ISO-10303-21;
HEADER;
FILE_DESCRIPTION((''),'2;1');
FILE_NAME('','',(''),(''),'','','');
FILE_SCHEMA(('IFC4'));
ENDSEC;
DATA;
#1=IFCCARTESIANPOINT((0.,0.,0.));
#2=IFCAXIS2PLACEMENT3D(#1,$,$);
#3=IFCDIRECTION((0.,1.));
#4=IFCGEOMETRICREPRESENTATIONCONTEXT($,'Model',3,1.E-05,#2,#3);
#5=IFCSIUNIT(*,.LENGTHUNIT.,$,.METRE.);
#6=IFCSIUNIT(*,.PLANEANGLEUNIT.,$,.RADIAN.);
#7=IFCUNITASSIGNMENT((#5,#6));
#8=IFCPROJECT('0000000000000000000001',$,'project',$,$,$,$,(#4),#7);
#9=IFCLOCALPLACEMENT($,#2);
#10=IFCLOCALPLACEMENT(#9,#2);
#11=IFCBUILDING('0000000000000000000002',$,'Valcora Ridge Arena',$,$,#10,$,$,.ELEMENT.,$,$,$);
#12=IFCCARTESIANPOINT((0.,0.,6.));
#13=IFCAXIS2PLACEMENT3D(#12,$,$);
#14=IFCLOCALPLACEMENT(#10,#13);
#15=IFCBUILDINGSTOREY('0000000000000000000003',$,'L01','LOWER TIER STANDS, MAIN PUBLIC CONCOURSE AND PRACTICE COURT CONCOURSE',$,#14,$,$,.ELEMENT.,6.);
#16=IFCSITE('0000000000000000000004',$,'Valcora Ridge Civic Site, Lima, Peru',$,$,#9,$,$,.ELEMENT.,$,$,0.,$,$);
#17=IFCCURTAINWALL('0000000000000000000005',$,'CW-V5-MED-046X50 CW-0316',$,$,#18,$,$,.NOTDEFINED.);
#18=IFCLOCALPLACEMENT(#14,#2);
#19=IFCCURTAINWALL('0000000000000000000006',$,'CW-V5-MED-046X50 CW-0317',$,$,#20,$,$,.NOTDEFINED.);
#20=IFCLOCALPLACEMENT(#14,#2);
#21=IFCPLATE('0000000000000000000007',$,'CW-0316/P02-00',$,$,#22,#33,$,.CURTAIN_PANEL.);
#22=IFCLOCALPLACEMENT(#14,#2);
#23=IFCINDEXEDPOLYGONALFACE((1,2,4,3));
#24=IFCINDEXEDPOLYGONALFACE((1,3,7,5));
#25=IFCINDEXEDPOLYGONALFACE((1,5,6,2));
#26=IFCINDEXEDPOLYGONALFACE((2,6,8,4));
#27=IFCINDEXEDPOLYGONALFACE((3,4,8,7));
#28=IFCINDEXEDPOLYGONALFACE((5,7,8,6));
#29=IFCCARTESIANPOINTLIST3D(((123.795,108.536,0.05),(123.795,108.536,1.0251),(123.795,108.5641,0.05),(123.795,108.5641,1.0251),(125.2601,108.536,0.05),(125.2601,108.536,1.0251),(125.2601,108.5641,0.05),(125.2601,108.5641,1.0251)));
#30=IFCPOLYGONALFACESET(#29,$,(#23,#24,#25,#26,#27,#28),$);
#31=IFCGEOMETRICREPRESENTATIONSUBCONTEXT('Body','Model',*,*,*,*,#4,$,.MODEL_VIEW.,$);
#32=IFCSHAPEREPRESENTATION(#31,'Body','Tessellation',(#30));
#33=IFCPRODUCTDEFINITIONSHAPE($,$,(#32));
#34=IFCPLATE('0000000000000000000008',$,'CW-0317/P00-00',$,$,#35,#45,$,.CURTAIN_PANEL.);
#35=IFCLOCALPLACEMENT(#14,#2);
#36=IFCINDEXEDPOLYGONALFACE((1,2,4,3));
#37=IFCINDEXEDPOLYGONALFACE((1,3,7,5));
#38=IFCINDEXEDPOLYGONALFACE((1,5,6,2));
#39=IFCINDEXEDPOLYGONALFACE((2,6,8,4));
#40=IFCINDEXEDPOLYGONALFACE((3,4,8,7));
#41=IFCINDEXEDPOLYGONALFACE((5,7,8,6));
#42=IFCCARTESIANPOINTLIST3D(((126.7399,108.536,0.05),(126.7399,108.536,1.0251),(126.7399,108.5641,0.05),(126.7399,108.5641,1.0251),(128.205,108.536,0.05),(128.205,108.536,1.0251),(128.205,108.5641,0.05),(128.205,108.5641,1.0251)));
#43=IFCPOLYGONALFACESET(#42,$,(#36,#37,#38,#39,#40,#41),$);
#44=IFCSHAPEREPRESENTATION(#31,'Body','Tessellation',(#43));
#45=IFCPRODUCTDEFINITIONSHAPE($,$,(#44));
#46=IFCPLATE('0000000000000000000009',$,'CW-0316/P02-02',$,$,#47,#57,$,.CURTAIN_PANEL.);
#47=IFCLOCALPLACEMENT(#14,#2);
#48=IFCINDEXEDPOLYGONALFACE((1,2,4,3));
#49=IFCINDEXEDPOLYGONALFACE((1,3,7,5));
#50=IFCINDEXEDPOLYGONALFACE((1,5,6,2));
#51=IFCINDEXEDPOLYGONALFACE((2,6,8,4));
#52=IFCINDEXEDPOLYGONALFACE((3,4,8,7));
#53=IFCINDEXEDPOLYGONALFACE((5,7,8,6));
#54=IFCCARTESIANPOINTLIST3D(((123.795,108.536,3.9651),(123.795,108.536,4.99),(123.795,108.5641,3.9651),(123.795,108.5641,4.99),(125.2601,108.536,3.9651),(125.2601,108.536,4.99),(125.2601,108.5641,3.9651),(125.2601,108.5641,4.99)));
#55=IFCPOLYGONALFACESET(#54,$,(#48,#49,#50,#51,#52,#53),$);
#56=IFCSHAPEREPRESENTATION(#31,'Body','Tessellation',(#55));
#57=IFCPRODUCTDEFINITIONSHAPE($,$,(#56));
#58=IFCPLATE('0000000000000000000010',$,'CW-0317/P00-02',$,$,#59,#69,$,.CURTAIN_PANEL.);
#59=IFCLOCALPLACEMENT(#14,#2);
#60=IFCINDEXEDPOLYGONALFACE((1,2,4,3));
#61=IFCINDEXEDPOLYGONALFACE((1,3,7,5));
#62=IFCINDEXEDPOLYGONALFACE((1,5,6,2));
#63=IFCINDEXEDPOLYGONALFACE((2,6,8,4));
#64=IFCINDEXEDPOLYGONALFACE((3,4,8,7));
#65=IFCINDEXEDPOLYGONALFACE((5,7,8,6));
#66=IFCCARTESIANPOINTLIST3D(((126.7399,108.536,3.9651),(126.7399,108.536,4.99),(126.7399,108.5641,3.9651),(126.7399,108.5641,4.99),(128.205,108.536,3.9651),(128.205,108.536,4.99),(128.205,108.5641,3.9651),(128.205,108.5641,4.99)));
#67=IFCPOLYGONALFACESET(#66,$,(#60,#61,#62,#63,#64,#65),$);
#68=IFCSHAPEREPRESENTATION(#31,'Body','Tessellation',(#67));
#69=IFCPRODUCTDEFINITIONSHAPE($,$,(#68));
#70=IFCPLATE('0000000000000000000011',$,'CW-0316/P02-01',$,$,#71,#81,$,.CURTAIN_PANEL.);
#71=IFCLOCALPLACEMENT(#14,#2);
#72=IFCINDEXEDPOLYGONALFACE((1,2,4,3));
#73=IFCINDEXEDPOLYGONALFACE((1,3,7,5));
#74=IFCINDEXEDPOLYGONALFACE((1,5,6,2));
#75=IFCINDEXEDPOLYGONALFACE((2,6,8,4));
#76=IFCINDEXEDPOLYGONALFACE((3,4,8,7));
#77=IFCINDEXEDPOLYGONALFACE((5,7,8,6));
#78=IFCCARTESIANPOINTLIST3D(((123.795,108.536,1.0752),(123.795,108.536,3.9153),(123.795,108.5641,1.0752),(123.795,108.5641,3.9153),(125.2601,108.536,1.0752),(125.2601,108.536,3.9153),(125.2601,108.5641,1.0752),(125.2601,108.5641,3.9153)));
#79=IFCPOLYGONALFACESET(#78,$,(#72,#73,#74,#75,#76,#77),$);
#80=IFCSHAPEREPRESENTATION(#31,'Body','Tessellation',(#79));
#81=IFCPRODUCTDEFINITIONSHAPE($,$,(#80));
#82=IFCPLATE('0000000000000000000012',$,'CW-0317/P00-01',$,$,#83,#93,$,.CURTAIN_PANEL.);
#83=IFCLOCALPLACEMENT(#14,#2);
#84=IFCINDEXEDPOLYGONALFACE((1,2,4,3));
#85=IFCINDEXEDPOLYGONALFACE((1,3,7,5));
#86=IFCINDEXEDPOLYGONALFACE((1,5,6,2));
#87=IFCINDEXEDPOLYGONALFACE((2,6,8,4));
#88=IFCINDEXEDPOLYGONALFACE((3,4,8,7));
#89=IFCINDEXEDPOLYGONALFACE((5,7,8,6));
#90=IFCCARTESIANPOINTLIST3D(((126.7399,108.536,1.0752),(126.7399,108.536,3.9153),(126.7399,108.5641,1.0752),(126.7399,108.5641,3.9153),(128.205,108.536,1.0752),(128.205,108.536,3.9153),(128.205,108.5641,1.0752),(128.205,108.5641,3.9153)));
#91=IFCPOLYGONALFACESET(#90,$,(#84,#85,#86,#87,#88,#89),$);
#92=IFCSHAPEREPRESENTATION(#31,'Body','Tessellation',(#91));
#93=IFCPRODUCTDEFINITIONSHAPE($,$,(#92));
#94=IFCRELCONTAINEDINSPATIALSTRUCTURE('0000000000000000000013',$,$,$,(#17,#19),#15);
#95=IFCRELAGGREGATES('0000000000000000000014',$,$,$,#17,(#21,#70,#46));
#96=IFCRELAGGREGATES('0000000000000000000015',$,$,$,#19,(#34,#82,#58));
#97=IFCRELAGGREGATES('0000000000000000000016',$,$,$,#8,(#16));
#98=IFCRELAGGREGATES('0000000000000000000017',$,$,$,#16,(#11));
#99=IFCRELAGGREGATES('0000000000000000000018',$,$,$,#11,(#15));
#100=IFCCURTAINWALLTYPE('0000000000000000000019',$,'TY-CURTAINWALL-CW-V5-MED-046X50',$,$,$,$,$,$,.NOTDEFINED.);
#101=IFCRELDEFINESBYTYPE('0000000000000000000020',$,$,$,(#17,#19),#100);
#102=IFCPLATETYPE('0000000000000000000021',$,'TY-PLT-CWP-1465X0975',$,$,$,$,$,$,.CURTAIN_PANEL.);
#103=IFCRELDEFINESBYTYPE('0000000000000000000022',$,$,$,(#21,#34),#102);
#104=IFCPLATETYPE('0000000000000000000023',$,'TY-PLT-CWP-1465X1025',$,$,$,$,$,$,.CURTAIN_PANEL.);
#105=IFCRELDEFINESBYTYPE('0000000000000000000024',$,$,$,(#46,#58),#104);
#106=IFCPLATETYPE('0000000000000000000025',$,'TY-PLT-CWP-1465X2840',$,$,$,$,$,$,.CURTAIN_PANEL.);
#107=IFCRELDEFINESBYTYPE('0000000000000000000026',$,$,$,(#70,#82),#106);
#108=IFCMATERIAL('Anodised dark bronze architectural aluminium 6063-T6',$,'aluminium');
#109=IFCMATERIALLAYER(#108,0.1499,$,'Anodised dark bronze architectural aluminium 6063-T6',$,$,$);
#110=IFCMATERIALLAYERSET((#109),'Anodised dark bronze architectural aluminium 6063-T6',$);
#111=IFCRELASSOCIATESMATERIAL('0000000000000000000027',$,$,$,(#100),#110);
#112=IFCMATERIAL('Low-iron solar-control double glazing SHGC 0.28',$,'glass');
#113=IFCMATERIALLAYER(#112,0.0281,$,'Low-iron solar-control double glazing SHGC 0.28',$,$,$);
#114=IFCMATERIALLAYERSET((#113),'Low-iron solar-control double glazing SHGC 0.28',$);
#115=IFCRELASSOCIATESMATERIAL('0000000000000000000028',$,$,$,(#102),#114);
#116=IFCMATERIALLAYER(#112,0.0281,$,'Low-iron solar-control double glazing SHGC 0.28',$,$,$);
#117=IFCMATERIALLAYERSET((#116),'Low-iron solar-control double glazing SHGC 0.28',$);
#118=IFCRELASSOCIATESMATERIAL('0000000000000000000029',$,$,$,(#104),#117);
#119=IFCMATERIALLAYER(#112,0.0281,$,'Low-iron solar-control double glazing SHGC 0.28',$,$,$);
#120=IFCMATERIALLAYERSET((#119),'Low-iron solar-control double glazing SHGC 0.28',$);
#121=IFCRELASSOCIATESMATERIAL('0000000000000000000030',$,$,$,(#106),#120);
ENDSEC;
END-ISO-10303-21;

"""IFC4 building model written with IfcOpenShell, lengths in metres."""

from ifc_helpers import new_model, si_unit, direction, frame, origin, origin_2d, place, context, subcontext, project, spatial, rectangle, extrude, material, layer, layer_set, type_object, element, aggregate, save


model = new_model("IFC4")

# Units and contexts
model_context = context("Model", 3, precision=1e-05, world=origin(), true_north=direction((0.0, 1.0)))
body_context = subcontext(model_context, "Body", "Model", "MODEL_VIEW")
ifc_project = project(units=[si_unit("LENGTHUNIT", "METRE"), si_unit("PLANEANGLEUNIT", "RADIAN")], contexts=[model_context])

# Site, building, storey
site_placement = place(None, origin())
site = spatial("IfcSite", under=ifc_project, at=site_placement, Name="Valcora Ridge Civic Site, Lima, Peru", CompositionType="ELEMENT", RefElevation=0.0)
building_placement = place(site_placement, origin())
building = spatial("IfcBuilding", under=site, at=building_placement, Name="Valcora Ridge Arena", CompositionType="ELEMENT")
storey_placement = place(building_placement, frame((0.0, 0.0, 6.0)))
storey = spatial("IfcBuildingStorey", under=building, at=storey_placement, Name="L01", Description="LOWER TIER STANDS, MAIN PUBLIC CONCOURSE AND PRACTICE COURT CONCOURSE", CompositionType="ELEMENT", Elevation=6.0)

# Curtain wall
ifc_material_1 = material(Name="Anodised dark bronze architectural aluminium 6063-T6", Category="aluminium")
ifc_layer_1 = layer(ifc_material_1, 0.1499, Name="Anodised dark bronze architectural aluminium 6063-T6")
ifc_layer_set_1 = layer_set([ifc_layer_1], Name="Anodised dark bronze architectural aluminium 6063-T6")
curtain_wall_type = type_object("IfcCurtainWallType", Name="TY-CURTAINWALL-CW-V5-MED-046X50", PredefinedType="NOTDEFINED", material=ifc_layer_set_1)
curtain_wall_1_placement = place(storey_placement, origin())
curtain_wall_1 = element("IfcCurtainWall", 1, at=curtain_wall_1_placement, inside=storey, type_object=curtain_wall_type, Name="CW-V5-MED-046X50 CW-0316", PredefinedType="NOTDEFINED")

# Curtain wall
curtain_wall_2_placement = place(storey_placement, origin())
curtain_wall_2 = element("IfcCurtainWall", 2, at=curtain_wall_2_placement, inside=storey, type_object=curtain_wall_type, Name="CW-V5-MED-046X50 CW-0317", PredefinedType="NOTDEFINED")

# Plates
ifc_material_2 = material(Name="Low-iron solar-control double glazing SHGC 0.28", Category="glass")
ifc_layer_2 = layer(ifc_material_2, 0.0281, Name="Low-iron solar-control double glazing SHGC 0.28")
ifc_layer_set_2 = layer_set([ifc_layer_2], Name="Low-iron solar-control double glazing SHGC 0.28")
plate_type_1 = type_object("IfcPlateType", Name="TY-PLT-CWP-1465X0975", PredefinedType="CURTAIN_PANEL", material=ifc_layer_set_2)
plate_1_placement = place(storey_placement, frame((124.5276, 108.55, 0.05), z_axis=(0.0, 0.0, 1.0), x_axis=(1.0, 0.0, 0.0)))
plate_1 = element("IfcPlate", 3, at=plate_1_placement, type_object=plate_type_1, Name="CW-0316/P02-00", PredefinedType="CURTAIN_PANEL", context=body_context, shape_type="SweptSolid", body=[
    extrude(rectangle(XDim=1.4651, YDim=0.0281, at=origin_2d()), origin(), (0.0, 0.0, 1.0), 0.9751),
])
plate_2_placement = place(storey_placement, frame((127.4724, 108.55, 0.05), z_axis=(0.0, 0.0, 1.0), x_axis=(1.0, 0.0, 0.0)))
plate_2 = element("IfcPlate", 4, at=plate_2_placement, type_object=plate_type_1, Name="CW-0317/P00-00", PredefinedType="CURTAIN_PANEL", context=body_context, shape_type="SweptSolid", body=[
    extrude(rectangle(XDim=1.4651, YDim=0.0281, at=origin_2d()), origin(), (0.0, 0.0, 1.0), 0.9751),
])
ifc_layer_3 = layer(ifc_material_2, 0.0281, Name="Low-iron solar-control double glazing SHGC 0.28")
ifc_layer_set_3 = layer_set([ifc_layer_3], Name="Low-iron solar-control double glazing SHGC 0.28")
plate_type_2 = type_object("IfcPlateType", Name="TY-PLT-CWP-1465X1025", PredefinedType="CURTAIN_PANEL", material=ifc_layer_set_3)
plate_3_placement = place(storey_placement, frame((124.5276, 108.55, 3.9651), z_axis=(0.0, 0.0, 1.0), x_axis=(1.0, 0.0, 0.0)))
plate_3 = element("IfcPlate", 5, at=plate_3_placement, type_object=plate_type_2, Name="CW-0316/P02-02", PredefinedType="CURTAIN_PANEL", context=body_context, shape_type="SweptSolid", body=[
    extrude(rectangle(XDim=1.4651, YDim=0.0281, at=origin_2d()), origin(), (0.0, 0.0, 1.0), 1.0249),
])
plate_4_placement = place(storey_placement, frame((127.4724, 108.55, 3.9651), z_axis=(0.0, 0.0, 1.0), x_axis=(1.0, 0.0, 0.0)))
plate_4 = element("IfcPlate", 6, at=plate_4_placement, type_object=plate_type_2, Name="CW-0317/P00-02", PredefinedType="CURTAIN_PANEL", context=body_context, shape_type="SweptSolid", body=[
    extrude(rectangle(XDim=1.4651, YDim=0.0281, at=origin_2d()), origin(), (0.0, 0.0, 1.0), 1.0249),
])
ifc_layer_4 = layer(ifc_material_2, 0.0281, Name="Low-iron solar-control double glazing SHGC 0.28")
ifc_layer_set_4 = layer_set([ifc_layer_4], Name="Low-iron solar-control double glazing SHGC 0.28")
plate_type_3 = type_object("IfcPlateType", Name="TY-PLT-CWP-1465X2840", PredefinedType="CURTAIN_PANEL", material=ifc_layer_set_4)
plate_5_placement = place(storey_placement, frame((124.5276, 108.55, 1.0752), z_axis=(0.0, 0.0, 1.0), x_axis=(1.0, 0.0, 0.0)))
plate_5 = element("IfcPlate", 7, at=plate_5_placement, type_object=plate_type_3, Name="CW-0316/P02-01", PredefinedType="CURTAIN_PANEL", context=body_context, shape_type="SweptSolid", body=[
    extrude(rectangle(XDim=1.4651, YDim=0.0281, at=origin_2d()), origin(), (0.0, 0.0, 1.0), 2.8401),
])
aggregate(curtain_wall_1, [plate_1, plate_5, plate_3])
plate_6_placement = place(storey_placement, frame((127.4724, 108.55, 1.0752), z_axis=(0.0, 0.0, 1.0), x_axis=(1.0, 0.0, 0.0)))
plate_6 = element("IfcPlate", 8, at=plate_6_placement, type_object=plate_type_3, Name="CW-0317/P00-01", PredefinedType="CURTAIN_PANEL", context=body_context, shape_type="SweptSolid", body=[
    extrude(rectangle(XDim=1.4651, YDim=0.0281, at=origin_2d()), origin(), (0.0, 0.0, 1.0), 2.8401),
])
aggregate(curtain_wall_2, [plate_2, plate_6, plate_4])

save(model, "model.ifc")
